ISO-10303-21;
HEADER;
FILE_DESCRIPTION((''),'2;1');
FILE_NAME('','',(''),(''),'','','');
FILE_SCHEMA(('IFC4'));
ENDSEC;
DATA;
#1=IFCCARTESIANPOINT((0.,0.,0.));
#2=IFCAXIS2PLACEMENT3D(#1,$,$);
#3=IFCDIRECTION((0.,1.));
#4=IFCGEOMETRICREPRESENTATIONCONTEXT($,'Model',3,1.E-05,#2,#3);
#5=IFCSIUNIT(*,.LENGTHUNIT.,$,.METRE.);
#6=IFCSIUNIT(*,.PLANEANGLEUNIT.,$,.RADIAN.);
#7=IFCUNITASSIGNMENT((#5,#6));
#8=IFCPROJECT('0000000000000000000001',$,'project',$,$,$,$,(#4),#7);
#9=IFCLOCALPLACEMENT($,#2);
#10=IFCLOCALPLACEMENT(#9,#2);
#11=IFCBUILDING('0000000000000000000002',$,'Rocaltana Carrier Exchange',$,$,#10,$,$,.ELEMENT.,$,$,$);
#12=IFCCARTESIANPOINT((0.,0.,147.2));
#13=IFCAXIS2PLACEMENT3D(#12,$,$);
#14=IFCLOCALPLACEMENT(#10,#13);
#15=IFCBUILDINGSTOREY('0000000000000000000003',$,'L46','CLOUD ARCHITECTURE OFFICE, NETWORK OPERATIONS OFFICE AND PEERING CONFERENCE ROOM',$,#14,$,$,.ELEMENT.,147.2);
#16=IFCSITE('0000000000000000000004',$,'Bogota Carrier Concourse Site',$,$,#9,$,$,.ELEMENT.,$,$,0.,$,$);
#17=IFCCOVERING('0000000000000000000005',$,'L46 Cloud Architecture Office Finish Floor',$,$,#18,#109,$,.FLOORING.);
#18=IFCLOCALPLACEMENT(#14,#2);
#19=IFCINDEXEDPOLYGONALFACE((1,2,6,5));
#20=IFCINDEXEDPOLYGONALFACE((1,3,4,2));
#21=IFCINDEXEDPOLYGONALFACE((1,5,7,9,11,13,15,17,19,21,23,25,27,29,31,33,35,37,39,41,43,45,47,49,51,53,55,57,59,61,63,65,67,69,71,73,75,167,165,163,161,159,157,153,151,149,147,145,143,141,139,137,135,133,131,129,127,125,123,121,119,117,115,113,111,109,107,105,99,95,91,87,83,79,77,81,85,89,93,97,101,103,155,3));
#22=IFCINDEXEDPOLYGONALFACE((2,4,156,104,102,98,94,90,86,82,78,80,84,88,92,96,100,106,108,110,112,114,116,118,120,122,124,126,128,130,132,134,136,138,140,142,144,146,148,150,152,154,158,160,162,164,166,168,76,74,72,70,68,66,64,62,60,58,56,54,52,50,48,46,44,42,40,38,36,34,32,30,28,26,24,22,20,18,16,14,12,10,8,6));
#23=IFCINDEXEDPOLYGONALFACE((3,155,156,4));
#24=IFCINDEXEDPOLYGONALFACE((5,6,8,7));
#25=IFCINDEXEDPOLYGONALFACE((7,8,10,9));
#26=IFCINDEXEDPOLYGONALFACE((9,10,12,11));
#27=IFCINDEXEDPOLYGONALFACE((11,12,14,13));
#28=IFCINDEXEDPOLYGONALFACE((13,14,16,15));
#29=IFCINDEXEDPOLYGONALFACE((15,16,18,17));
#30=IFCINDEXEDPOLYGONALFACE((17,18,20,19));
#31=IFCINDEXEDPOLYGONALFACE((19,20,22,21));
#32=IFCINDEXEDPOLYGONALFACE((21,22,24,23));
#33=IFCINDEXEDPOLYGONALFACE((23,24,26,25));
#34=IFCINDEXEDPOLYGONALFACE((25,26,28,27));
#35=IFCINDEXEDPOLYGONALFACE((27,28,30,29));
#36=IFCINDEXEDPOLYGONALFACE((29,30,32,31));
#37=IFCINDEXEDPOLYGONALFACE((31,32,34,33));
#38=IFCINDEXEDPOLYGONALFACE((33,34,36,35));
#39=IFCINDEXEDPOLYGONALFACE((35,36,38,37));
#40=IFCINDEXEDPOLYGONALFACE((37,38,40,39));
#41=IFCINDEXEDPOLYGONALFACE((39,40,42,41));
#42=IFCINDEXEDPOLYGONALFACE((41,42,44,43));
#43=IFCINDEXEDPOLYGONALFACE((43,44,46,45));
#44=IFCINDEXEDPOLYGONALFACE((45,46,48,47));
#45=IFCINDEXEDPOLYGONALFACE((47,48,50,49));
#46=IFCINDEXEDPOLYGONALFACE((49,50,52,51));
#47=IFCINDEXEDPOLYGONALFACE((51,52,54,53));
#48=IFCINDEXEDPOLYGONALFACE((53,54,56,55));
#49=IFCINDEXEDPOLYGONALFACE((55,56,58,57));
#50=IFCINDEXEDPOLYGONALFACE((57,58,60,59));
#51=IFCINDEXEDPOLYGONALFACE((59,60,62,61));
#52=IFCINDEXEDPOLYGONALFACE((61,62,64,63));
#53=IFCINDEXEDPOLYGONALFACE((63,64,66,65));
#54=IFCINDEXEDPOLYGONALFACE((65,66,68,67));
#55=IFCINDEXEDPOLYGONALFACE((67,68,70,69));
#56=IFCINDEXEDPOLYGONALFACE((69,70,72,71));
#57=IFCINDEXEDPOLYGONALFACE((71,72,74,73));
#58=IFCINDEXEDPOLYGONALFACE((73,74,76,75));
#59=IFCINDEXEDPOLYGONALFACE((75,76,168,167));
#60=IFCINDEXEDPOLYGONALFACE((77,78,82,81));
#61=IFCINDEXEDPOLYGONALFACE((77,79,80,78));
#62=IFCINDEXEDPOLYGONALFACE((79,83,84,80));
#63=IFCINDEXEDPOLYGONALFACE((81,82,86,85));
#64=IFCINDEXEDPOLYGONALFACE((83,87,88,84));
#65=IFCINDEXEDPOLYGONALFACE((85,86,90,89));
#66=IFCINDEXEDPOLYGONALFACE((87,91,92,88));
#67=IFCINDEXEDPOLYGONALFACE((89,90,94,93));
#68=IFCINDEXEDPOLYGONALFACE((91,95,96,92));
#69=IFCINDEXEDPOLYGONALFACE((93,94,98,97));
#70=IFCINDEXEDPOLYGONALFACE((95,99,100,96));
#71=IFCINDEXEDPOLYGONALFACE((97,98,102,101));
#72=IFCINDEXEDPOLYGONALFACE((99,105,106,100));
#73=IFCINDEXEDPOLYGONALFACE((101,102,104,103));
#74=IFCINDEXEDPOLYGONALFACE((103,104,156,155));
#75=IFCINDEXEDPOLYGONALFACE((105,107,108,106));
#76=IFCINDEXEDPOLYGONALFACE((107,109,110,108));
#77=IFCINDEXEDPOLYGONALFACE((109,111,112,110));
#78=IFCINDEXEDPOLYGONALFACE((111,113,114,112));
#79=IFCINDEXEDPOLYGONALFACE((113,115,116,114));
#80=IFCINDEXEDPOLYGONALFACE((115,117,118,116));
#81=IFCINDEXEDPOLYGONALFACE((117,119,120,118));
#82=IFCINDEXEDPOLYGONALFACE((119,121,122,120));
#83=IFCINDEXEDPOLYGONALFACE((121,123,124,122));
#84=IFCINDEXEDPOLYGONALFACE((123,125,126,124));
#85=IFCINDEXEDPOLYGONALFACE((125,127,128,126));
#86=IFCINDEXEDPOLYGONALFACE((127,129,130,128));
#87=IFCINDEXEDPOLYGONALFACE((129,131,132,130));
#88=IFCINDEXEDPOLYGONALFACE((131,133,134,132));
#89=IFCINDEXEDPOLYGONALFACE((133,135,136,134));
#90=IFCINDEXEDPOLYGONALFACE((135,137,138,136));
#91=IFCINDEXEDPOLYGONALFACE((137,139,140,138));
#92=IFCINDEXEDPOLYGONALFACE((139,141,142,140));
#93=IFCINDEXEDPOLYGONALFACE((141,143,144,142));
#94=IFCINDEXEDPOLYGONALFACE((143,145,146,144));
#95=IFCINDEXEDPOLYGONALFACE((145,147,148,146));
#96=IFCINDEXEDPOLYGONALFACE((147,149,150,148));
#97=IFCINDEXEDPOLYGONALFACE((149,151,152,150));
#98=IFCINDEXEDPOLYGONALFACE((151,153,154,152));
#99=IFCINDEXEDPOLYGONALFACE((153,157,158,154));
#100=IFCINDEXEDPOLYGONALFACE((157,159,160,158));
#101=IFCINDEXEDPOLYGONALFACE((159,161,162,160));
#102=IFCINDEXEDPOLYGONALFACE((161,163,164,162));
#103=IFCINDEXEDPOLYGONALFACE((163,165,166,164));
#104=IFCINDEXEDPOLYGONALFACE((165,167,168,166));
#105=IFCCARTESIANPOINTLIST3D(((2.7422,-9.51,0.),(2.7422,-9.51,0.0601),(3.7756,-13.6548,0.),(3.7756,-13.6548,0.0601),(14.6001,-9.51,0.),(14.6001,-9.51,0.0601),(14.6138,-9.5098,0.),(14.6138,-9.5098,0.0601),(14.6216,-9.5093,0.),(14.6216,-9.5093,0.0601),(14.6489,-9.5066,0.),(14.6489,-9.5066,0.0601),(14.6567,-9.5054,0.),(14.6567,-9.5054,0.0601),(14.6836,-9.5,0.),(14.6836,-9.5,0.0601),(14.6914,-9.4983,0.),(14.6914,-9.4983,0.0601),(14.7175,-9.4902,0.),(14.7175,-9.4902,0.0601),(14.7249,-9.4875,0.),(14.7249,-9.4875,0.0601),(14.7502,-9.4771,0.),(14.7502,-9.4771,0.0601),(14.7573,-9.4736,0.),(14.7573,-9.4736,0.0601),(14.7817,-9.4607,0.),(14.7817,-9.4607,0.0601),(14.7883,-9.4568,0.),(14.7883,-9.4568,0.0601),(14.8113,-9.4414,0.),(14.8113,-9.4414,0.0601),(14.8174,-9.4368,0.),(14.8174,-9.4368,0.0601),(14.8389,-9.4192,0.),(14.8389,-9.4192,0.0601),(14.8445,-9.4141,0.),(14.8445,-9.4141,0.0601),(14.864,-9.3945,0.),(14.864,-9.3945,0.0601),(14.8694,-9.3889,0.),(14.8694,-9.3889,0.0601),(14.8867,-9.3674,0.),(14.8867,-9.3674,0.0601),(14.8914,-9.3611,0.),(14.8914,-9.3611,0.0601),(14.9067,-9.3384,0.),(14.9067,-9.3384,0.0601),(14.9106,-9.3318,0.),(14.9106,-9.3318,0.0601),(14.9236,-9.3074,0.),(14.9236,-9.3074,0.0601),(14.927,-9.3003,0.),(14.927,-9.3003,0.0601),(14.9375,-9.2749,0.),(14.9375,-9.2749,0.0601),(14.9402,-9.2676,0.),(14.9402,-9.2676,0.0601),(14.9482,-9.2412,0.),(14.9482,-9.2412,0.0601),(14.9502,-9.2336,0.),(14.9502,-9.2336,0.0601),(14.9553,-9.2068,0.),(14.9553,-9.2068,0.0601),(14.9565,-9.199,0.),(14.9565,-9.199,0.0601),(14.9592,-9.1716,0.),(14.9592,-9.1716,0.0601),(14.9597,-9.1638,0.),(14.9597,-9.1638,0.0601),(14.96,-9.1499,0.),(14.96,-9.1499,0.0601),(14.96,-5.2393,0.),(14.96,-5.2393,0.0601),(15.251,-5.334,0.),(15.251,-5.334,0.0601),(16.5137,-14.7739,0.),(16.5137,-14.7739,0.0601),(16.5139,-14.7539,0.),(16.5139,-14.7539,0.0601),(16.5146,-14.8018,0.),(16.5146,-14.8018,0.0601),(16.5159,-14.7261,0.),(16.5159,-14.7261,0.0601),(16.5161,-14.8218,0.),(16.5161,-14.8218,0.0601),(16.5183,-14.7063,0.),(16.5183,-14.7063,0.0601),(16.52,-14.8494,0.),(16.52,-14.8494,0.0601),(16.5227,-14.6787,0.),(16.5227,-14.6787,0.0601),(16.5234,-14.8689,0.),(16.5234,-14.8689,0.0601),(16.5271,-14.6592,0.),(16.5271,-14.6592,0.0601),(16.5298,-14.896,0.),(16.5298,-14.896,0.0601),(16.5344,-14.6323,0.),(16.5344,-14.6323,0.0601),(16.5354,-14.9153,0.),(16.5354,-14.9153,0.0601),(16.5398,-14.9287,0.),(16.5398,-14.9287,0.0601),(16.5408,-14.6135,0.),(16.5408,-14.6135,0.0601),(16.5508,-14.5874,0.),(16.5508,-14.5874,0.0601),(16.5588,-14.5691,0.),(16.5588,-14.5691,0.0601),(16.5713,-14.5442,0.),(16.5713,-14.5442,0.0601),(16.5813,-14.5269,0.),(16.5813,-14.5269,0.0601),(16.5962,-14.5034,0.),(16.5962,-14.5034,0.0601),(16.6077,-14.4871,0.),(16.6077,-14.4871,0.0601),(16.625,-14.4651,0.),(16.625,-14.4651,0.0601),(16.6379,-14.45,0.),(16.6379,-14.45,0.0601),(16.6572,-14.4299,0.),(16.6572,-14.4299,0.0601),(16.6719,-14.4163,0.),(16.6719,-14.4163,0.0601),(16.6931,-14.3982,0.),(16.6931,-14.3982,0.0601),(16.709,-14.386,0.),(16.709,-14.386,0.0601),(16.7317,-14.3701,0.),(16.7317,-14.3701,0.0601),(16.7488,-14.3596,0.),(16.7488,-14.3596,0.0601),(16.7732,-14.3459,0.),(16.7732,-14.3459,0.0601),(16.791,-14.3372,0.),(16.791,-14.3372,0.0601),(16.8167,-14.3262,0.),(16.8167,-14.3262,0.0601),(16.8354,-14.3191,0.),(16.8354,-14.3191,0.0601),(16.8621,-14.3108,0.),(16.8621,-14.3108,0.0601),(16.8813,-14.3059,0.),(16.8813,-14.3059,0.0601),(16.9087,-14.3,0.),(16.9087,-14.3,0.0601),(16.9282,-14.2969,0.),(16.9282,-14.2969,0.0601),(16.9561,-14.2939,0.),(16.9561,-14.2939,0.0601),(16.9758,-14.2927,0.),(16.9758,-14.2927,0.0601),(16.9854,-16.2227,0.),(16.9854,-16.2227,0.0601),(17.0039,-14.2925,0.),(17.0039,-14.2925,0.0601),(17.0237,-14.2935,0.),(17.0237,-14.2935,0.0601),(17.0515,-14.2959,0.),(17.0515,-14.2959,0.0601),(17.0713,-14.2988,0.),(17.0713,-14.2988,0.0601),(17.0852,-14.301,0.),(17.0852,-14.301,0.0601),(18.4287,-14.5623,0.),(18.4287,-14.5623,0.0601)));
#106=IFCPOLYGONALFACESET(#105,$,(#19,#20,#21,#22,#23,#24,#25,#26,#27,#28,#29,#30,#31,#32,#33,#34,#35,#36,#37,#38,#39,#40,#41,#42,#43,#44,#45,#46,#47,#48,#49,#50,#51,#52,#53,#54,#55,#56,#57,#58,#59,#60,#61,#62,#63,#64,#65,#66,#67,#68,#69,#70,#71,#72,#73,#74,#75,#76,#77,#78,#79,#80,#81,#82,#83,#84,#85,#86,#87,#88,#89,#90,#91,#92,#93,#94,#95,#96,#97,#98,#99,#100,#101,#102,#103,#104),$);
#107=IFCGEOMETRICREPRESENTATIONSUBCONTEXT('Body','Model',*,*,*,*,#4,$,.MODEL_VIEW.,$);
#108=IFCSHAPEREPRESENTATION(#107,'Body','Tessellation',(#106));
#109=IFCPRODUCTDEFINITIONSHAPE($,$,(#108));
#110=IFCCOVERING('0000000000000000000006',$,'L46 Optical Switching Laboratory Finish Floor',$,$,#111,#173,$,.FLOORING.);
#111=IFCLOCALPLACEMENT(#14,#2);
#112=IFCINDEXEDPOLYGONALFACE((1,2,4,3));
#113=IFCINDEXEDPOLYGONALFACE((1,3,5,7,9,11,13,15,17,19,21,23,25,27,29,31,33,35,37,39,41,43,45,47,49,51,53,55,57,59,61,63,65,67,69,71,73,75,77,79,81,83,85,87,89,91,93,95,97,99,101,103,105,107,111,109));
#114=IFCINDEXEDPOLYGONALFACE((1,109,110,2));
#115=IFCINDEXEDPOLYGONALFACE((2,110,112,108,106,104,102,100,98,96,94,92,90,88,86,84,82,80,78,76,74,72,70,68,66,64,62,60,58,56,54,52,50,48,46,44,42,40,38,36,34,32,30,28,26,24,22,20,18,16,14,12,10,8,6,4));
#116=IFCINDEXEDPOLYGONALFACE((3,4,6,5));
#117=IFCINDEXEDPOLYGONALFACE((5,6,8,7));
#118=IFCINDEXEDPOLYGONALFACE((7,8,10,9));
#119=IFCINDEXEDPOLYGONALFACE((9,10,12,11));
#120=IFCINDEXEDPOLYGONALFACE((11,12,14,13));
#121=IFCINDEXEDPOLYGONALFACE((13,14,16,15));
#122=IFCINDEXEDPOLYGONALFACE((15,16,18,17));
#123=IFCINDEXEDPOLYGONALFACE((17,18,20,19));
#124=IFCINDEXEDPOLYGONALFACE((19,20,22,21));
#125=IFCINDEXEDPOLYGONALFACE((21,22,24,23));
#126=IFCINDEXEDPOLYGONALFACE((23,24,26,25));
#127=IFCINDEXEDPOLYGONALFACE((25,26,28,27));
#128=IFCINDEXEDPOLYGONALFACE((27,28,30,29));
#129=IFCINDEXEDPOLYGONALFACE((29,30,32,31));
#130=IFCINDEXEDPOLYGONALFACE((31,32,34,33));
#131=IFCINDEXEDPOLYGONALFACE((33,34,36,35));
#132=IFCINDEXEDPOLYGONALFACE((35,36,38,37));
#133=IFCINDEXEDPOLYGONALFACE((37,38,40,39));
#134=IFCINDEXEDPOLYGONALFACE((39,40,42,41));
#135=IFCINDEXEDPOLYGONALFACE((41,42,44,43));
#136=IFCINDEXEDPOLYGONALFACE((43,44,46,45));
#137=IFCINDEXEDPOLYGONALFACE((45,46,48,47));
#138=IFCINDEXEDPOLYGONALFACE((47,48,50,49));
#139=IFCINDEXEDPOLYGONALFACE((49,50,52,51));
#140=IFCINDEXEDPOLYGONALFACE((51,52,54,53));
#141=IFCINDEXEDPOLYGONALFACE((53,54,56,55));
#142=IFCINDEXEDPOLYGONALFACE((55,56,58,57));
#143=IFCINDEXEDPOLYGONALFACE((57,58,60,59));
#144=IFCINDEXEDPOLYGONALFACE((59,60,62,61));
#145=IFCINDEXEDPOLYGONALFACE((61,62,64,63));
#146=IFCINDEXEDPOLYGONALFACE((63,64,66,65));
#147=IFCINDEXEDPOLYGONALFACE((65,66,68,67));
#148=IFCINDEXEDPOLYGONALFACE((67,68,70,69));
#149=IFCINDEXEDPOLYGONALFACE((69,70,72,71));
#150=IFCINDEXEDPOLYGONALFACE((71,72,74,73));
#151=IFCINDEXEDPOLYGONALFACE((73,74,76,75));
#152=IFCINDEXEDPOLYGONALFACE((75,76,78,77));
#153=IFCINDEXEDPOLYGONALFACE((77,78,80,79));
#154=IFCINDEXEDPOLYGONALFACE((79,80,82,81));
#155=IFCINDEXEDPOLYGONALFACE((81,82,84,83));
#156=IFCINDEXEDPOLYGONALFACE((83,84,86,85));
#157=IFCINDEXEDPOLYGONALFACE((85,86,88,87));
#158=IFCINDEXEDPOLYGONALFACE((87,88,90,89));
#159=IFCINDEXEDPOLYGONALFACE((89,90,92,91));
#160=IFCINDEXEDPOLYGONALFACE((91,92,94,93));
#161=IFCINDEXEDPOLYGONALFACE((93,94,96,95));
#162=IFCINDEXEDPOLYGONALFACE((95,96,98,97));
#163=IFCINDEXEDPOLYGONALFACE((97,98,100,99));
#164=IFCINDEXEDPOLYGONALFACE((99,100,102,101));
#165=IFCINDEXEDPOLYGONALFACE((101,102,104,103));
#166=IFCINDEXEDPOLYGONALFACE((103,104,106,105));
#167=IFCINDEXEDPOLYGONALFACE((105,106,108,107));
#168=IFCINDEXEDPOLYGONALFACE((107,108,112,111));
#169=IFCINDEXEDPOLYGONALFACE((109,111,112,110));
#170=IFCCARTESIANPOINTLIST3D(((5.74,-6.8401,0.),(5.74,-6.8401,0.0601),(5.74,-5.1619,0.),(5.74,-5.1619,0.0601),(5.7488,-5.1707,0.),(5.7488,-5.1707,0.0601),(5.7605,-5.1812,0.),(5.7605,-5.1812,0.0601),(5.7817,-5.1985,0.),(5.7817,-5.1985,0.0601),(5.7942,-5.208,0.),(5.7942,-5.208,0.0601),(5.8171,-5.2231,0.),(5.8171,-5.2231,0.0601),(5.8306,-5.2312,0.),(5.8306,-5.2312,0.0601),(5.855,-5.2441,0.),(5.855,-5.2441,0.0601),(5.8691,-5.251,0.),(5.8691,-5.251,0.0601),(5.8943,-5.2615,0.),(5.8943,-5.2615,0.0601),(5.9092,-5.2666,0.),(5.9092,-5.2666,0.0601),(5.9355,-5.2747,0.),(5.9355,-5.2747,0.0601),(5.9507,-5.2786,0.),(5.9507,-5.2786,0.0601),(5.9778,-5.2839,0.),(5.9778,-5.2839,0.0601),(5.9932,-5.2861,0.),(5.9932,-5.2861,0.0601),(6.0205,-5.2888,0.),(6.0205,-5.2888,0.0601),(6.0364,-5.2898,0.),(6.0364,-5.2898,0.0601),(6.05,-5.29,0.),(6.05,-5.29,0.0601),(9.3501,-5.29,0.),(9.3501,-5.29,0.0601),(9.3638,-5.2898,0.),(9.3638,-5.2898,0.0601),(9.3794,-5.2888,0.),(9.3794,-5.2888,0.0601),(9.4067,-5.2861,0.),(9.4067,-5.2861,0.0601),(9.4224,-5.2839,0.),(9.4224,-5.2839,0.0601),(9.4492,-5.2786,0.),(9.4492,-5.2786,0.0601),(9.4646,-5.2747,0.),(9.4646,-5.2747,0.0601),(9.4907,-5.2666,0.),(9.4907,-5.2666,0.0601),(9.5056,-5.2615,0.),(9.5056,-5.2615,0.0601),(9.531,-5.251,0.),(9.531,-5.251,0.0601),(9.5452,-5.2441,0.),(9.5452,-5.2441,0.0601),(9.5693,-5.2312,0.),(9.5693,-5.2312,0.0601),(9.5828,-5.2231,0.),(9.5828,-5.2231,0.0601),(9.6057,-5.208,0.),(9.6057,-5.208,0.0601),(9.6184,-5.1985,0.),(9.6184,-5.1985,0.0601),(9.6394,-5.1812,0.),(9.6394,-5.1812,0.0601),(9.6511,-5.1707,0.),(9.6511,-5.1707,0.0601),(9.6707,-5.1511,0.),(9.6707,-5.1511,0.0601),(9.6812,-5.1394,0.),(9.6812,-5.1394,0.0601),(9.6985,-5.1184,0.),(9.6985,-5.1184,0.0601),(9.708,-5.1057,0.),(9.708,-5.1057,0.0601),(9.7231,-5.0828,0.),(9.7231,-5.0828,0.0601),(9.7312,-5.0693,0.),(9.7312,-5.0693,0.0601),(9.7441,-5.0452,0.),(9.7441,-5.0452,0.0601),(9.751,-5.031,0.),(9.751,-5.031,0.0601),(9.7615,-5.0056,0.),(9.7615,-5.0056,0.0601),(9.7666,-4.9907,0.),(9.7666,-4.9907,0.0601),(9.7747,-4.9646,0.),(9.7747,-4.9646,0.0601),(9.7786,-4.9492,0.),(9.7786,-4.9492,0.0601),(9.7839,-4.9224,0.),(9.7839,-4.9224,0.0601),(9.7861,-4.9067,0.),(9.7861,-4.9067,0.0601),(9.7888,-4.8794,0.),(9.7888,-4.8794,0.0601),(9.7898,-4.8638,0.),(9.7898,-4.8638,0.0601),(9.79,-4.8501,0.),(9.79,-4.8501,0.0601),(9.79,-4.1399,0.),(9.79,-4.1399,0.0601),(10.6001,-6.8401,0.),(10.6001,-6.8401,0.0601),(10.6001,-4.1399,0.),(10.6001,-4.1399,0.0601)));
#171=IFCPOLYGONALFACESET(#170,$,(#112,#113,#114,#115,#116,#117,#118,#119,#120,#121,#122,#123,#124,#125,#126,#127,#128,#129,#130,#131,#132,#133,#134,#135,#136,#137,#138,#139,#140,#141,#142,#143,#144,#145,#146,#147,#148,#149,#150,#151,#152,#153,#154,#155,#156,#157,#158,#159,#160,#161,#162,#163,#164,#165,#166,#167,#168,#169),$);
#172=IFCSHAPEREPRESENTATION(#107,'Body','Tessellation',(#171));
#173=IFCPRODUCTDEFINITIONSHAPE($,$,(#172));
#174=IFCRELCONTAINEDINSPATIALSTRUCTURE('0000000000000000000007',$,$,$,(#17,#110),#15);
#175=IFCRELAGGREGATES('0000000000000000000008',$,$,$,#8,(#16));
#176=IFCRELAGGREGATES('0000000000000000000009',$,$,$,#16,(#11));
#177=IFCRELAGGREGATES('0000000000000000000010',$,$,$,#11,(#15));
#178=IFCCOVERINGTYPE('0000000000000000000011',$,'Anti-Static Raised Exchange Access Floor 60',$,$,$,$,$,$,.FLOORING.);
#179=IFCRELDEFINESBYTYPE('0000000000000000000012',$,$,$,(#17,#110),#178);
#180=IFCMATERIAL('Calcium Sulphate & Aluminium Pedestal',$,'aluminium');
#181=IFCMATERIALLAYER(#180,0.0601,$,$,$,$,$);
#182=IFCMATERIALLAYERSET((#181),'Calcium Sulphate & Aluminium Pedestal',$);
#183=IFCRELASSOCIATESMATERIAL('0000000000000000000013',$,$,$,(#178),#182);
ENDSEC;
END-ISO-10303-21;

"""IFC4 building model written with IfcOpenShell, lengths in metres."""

from ifc_helpers import new_model, si_unit, direction, frame, origin, place, context, subcontext, project, spatial, polyline, outline, extrude, material, layer, layer_set, type_object, element, save


model = new_model("IFC4")

# Units and contexts
model_context = context("Model", 3, precision=1e-05, world=origin(), true_north=direction((0.0, 1.0)))
body_context = subcontext(model_context, "Body", "Model", "MODEL_VIEW")
ifc_project = project(units=[si_unit("LENGTHUNIT", "METRE"), si_unit("PLANEANGLEUNIT", "RADIAN")], contexts=[model_context])

# Site, building, storey
site_placement = place(None, origin())
site = spatial("IfcSite", under=ifc_project, at=site_placement, Name="Bogota Carrier Concourse Site", CompositionType="ELEMENT", RefElevation=0.0)
building_placement = place(site_placement, origin())
building = spatial("IfcBuilding", under=site, at=building_placement, Name="Rocaltana Carrier Exchange", CompositionType="ELEMENT")
storey_placement = place(building_placement, frame((0.0, 0.0, 147.2)))
storey = spatial("IfcBuildingStorey", under=building, at=storey_placement, Name="L46", Description="CLOUD ARCHITECTURE OFFICE, NETWORK OPERATIONS OFFICE AND PEERING CONFERENCE ROOM", CompositionType="ELEMENT", Elevation=147.2)

# Coverings
ifc_material_1 = material(Name="Calcium Sulphate & Aluminium Pedestal", Category="aluminium")
ifc_layer_1 = layer(ifc_material_1, 0.0601)
ifc_layer_set_1 = layer_set([ifc_layer_1], Name="Calcium Sulphate & Aluminium Pedestal")
covering_type_1 = type_object("IfcCoveringType", Name="Anti-Static Raised Exchange Access Floor 60", PredefinedType="FLOORING", material=ifc_layer_set_1)
covering_1_placement = place(storey_placement, origin())
element("IfcCovering", 1, at=covering_1_placement, inside=storey, type_object=covering_type_1, Name="L46 Cloud Architecture Office Finish Floor", PredefinedType="FLOORING", context=body_context, shape_type="SweptSolid", body=[
    extrude(outline(polyline([(18.4287, -14.5623), (17.0852, -14.301), (17.0713, -14.2988), (17.0515, -14.2959), (17.0237, -14.2935), (17.0039, -14.2925), (16.9758, -14.2927), (16.9561, -14.2939), (16.9282, -14.2969), (16.9087, -14.3), (16.8813, -14.3059), (16.8621, -14.3108), (16.8354, -14.3191), (16.8167, -14.3262), (16.791, -14.3372), (16.7732, -14.3459), (16.7488, -14.3596), (16.7317, -14.3701), (16.709, -14.386), (16.6931, -14.3982), (16.6719, -14.4163), (16.6572, -14.4299), (16.6379, -14.45), (16.625, -14.4651), (16.6077, -14.4871), (16.5962, -14.5034), (16.5813, -14.5269), (16.5713, -14.5442), (16.5588, -14.5691), (16.5508, -14.5874), (16.5408, -14.6135), (16.5344, -14.6323), (16.5271, -14.6592), (16.5227, -14.6787), (16.5183, -14.7063), (16.5159, -14.7261), (16.5139, -14.7539), (16.5137, -14.7739), (16.5146, -14.8018), (16.5161, -14.8218), (16.52, -14.8494), (16.5234, -14.8689), (16.5298, -14.896), (16.5354, -14.9153), (16.5398, -14.9287), (16.9854, -16.2227), (3.7756, -13.6548), (2.7422, -9.51), (14.6001, -9.51), (14.6138, -9.5098), (14.6216, -9.5093), (14.6489, -9.5066), (14.6567, -9.5054), (14.6836, -9.5), (14.6914, -9.4983), (14.7175, -9.4902), (14.7249, -9.4875), (14.7502, -9.4771), (14.7573, -9.4736), (14.7817, -9.4607), (14.7883, -9.4568), (14.8113, -9.4414), (14.8174, -9.4368), (14.8389, -9.4192), (14.8445, -9.4141), (14.864, -9.3945), (14.8694, -9.3889), (14.8867, -9.3674), (14.8914, -9.3611), (14.9067, -9.3384), (14.9106, -9.3318), (14.9236, -9.3074), (14.927, -9.3003), (14.9375, -9.2749), (14.9402, -9.2676), (14.9482, -9.2412), (14.9502, -9.2336), (14.9553, -9.2068), (14.9565, -9.199), (14.9592, -9.1716), (14.9597, -9.1638), (14.96, -9.1499), (14.96, -5.2393), (15.251, -5.334), (18.4287, -14.5623)])), origin(), (0.0, 0.0, 1.0), 0.0601),
])
covering_2_placement = place(storey_placement, origin())
element("IfcCovering", 2, at=covering_2_placement, inside=storey, type_object=covering_type_1, Name="L46 Optical Switching Laboratory Finish Floor", PredefinedType="FLOORING", context=body_context, shape_type="SweptSolid", body=[
    extrude(outline(polyline([(5.74, -6.8401), (5.74, -5.1619), (5.7488, -5.1707), (5.7605, -5.1812), (5.7817, -5.1985), (5.7942, -5.208), (5.8171, -5.2231), (5.8306, -5.2312), (5.855, -5.2441), (5.8691, -5.251), (5.8943, -5.2615), (5.9092, -5.2666), (5.9355, -5.2747), (5.9507, -5.2786), (5.9778, -5.2839), (5.9932, -5.2861), (6.0205, -5.2888), (6.0364, -5.2898), (6.05, -5.29), (9.3501, -5.29), (9.3638, -5.2898), (9.3794, -5.2888), (9.4067, -5.2861), (9.4224, -5.2839), (9.4492, -5.2786), (9.4646, -5.2747), (9.4907, -5.2666), (9.5056, -5.2615), (9.531, -5.251), (9.5452, -5.2441), (9.5693, -5.2312), (9.5828, -5.2231), (9.6057, -5.208), (9.6184, -5.1985), (9.6394, -5.1812), (9.6511, -5.1707), (9.6707, -5.1511), (9.6812, -5.1394), (9.6985, -5.1184), (9.708, -5.1057), (9.7231, -5.0828), (9.7312, -5.0693), (9.7441, -5.0452), (9.751, -5.031), (9.7615, -5.0056), (9.7666, -4.9907), (9.7747, -4.9646), (9.7786, -4.9492), (9.7839, -4.9224), (9.7861, -4.9067), (9.7888, -4.8794), (9.7898, -4.8638), (9.79, -4.8501), (9.79, -4.1399), (10.6001, -4.1399), (10.6001, -6.8401), (5.74, -6.8401)])), origin(), (0.0, 0.0, 1.0), 0.0601),
])

save(model, "model.ifc")
